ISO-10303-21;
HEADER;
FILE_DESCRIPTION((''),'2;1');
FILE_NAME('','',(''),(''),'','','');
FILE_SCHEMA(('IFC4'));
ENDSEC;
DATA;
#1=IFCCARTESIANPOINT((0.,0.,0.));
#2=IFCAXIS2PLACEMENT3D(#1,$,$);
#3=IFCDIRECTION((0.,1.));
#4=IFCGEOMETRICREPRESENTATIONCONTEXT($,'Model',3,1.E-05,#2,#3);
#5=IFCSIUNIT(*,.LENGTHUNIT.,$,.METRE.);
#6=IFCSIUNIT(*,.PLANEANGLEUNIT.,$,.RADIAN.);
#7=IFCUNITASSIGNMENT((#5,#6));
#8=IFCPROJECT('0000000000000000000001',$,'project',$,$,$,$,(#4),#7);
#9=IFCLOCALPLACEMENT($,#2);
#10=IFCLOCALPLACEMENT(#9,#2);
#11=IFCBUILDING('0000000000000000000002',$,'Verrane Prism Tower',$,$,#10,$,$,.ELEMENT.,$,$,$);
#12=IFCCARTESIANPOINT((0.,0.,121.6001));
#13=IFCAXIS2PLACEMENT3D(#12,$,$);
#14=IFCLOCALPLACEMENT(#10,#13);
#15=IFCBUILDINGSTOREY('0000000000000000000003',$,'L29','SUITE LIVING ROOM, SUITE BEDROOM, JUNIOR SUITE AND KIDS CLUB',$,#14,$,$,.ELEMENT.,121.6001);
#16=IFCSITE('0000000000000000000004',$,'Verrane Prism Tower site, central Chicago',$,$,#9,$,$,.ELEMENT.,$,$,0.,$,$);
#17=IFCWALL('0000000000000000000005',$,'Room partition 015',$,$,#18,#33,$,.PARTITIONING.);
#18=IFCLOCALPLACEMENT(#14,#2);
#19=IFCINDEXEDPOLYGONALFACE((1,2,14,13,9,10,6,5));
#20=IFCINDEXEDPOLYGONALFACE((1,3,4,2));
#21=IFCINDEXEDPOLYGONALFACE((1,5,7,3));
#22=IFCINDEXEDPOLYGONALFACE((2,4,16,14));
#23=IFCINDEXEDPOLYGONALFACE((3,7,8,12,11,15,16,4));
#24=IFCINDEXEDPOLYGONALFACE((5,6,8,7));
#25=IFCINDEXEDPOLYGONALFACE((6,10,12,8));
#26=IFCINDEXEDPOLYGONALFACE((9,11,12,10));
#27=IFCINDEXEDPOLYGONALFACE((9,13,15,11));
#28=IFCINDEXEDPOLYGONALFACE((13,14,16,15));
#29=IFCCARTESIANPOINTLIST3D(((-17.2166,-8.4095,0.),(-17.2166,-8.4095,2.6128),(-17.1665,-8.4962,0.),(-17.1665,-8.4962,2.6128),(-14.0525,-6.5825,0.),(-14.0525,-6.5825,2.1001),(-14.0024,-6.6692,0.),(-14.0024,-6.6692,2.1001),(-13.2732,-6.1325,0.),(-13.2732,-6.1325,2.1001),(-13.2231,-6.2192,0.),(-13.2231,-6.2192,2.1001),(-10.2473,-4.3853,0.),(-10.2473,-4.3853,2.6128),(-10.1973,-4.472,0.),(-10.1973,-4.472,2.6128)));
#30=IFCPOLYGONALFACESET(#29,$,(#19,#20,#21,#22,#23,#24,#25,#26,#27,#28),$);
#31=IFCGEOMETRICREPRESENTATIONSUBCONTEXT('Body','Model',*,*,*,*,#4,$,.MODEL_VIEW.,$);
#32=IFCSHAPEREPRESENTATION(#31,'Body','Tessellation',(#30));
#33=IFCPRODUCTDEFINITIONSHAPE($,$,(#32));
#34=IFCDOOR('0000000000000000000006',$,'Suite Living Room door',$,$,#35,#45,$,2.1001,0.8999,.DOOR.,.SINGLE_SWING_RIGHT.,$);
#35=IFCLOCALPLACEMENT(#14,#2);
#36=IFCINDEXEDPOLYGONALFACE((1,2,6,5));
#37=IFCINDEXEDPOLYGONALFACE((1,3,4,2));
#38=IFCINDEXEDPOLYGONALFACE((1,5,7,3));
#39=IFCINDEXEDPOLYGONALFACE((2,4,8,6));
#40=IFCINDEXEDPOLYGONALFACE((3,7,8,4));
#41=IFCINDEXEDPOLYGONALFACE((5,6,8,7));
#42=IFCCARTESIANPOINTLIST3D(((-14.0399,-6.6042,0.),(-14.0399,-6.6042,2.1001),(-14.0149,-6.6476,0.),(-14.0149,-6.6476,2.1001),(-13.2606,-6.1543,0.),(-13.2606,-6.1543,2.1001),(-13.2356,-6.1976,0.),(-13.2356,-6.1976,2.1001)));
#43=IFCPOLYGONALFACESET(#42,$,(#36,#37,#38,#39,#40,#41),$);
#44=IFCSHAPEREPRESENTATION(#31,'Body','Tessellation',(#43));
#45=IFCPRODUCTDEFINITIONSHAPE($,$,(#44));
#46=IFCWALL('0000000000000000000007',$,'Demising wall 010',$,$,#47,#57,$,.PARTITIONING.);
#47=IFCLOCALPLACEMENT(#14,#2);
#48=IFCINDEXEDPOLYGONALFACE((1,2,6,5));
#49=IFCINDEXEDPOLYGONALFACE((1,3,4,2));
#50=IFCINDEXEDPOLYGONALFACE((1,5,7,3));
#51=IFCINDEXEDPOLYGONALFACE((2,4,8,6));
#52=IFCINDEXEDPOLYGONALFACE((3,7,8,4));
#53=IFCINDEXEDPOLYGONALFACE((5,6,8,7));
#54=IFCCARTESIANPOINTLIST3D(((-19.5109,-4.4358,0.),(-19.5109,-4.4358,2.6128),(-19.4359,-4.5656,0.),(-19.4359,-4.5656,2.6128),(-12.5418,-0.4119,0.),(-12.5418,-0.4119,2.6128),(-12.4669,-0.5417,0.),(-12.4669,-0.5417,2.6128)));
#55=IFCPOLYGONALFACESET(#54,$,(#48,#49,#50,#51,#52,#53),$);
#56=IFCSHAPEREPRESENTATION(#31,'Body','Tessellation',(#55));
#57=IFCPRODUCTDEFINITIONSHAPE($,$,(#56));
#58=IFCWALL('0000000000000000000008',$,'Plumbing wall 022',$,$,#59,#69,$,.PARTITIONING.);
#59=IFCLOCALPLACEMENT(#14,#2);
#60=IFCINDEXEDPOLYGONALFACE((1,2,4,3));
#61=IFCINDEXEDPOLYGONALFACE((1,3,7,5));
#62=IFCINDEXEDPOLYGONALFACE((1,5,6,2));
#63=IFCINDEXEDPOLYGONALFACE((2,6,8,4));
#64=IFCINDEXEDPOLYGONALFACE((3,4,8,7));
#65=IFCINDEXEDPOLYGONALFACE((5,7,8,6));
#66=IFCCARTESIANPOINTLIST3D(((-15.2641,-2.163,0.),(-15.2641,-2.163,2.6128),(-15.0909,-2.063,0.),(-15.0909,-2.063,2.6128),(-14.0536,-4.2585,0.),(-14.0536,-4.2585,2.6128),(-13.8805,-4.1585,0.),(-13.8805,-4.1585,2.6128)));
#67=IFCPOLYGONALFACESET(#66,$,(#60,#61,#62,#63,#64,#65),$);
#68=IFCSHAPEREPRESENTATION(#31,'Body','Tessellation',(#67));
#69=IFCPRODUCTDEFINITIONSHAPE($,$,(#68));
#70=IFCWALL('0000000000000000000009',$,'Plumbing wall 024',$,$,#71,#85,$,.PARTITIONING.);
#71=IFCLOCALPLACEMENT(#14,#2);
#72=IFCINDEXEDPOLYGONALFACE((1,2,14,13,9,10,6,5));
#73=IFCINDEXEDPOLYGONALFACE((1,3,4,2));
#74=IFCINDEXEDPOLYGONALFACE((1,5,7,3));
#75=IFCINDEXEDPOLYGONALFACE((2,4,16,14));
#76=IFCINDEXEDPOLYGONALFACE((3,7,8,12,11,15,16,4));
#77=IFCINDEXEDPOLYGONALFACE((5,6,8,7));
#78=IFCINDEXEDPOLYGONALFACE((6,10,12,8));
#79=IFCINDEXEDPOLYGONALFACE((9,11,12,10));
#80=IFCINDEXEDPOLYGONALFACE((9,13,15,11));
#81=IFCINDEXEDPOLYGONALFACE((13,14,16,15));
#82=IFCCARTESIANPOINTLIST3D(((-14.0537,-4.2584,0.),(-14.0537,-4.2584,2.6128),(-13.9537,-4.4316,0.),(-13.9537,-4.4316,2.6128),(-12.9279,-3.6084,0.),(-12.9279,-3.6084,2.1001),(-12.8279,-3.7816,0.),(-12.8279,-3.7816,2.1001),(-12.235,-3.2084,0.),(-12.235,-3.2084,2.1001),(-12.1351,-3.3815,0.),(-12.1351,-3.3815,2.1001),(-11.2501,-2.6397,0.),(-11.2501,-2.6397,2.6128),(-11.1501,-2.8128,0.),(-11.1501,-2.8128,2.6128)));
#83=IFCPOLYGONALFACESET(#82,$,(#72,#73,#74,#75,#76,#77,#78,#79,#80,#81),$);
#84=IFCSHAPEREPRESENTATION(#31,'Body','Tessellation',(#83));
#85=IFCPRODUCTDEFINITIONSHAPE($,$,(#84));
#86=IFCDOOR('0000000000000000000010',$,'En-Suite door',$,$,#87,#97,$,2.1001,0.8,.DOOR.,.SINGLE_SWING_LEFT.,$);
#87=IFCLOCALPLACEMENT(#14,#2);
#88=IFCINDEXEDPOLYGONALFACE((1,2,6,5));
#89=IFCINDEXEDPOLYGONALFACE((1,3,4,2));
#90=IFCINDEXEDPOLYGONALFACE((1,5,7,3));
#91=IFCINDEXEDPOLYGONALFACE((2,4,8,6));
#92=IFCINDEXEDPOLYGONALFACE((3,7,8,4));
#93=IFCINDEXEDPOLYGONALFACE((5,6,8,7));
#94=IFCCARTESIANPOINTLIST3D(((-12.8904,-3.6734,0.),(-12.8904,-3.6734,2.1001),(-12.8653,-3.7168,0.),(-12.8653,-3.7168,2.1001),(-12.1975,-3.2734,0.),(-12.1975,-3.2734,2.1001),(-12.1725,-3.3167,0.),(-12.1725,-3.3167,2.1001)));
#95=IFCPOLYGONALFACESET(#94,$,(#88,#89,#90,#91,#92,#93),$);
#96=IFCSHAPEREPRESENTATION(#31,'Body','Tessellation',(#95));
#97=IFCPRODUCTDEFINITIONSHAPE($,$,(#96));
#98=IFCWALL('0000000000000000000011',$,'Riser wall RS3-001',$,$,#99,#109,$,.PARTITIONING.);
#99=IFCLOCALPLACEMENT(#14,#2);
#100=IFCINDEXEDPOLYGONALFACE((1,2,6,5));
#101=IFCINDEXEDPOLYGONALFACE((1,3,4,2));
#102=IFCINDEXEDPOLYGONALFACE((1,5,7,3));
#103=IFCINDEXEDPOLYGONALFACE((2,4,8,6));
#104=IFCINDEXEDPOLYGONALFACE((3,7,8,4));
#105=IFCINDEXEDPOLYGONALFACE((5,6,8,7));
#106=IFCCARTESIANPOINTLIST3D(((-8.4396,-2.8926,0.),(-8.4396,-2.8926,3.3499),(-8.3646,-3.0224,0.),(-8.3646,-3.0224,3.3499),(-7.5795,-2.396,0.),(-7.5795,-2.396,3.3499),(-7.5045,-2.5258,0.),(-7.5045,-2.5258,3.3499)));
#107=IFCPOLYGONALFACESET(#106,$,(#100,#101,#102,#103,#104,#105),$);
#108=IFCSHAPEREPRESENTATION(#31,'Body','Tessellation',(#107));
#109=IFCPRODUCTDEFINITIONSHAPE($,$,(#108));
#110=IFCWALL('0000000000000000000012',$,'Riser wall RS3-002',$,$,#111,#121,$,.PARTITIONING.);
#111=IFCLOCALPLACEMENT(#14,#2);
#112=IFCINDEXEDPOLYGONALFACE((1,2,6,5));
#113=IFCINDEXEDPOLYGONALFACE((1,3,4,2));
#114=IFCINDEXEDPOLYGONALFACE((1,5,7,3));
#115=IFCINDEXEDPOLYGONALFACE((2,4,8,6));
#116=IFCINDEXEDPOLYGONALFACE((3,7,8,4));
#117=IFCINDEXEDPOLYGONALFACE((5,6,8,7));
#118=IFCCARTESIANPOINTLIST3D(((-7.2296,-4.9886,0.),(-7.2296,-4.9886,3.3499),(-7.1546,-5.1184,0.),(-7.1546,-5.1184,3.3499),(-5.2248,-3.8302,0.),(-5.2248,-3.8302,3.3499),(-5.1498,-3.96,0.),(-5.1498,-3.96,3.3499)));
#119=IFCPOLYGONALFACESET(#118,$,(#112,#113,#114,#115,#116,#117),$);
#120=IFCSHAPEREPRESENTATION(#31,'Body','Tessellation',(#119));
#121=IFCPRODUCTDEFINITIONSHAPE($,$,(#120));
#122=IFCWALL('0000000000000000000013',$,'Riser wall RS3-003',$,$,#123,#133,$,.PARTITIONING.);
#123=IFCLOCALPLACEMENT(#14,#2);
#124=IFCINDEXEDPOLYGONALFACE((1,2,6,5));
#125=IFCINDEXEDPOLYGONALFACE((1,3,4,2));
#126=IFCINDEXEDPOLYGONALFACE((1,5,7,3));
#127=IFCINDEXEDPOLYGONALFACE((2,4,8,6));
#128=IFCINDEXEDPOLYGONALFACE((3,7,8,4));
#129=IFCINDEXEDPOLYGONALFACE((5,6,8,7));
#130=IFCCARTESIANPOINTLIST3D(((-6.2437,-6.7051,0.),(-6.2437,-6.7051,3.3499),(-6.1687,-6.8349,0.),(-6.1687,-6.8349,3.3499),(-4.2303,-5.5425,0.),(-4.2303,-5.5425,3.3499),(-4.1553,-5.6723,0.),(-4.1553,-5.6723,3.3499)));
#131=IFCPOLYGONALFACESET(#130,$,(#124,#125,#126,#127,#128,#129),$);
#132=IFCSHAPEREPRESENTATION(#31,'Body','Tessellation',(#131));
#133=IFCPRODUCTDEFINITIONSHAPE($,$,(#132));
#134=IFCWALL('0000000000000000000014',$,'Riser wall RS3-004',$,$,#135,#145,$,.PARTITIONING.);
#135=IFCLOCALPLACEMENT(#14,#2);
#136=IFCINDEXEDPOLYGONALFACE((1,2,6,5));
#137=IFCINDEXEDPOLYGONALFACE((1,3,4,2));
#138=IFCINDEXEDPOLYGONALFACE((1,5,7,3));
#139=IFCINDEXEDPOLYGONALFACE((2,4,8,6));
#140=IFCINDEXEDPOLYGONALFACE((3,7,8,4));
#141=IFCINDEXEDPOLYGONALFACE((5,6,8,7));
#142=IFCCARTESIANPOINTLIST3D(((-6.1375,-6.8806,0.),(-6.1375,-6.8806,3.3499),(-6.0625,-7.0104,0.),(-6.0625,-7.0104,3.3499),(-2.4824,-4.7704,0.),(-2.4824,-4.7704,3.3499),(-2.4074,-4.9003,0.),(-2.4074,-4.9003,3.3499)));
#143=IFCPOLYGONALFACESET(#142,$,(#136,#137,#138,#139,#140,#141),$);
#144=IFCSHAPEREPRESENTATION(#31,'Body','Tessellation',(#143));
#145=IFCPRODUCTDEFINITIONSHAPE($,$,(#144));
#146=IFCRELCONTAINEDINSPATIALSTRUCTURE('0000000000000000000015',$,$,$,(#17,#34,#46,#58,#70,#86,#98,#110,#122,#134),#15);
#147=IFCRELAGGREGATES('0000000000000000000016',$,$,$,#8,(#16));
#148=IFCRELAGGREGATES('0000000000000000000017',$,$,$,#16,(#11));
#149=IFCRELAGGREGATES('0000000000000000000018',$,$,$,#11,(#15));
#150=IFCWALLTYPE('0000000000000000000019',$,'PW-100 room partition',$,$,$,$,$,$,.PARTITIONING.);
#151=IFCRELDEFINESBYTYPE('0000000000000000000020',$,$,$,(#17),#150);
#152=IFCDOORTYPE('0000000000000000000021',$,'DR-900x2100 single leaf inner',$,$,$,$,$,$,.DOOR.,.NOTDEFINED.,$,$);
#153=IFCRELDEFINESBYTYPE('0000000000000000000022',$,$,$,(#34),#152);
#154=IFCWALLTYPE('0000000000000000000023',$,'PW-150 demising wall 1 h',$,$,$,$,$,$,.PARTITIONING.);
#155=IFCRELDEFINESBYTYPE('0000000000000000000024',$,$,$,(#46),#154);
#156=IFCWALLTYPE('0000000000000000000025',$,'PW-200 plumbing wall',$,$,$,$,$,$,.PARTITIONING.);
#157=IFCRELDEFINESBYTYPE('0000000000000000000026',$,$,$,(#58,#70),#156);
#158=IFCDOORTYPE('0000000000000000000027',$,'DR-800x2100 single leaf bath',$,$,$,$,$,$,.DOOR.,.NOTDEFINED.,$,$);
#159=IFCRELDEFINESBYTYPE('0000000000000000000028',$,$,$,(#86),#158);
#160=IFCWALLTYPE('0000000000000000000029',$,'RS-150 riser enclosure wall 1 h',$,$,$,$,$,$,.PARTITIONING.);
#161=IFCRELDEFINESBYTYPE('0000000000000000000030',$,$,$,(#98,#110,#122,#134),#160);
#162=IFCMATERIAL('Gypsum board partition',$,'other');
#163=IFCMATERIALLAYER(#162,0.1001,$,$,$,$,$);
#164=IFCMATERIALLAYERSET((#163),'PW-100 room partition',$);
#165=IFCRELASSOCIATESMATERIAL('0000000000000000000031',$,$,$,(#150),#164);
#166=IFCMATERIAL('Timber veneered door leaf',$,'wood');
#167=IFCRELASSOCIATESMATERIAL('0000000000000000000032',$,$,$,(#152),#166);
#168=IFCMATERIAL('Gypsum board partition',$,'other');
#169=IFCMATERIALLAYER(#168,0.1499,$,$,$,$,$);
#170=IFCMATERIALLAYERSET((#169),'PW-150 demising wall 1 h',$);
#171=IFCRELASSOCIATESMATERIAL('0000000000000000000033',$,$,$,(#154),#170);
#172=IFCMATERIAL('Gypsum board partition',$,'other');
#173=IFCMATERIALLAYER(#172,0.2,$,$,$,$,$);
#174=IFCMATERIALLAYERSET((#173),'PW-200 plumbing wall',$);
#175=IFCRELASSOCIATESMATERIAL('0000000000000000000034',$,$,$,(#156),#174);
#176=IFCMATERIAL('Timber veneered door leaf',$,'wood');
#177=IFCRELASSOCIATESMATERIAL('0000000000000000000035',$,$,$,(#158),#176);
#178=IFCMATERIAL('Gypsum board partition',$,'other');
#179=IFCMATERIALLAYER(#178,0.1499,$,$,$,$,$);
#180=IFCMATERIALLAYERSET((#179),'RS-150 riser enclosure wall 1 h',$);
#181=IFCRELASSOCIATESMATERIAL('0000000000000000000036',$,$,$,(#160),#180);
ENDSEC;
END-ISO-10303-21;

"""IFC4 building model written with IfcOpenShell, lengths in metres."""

from ifc_helpers import new_model, si_unit, direction, frame, frame_2d, origin, place, context, subcontext, project, spatial, rectangle, extrude, material, layer, layer_set, type_object, element, fill, save


model = new_model("IFC4")

# Units and contexts
model_context = context("Model", 3, precision=1e-05, world=origin(), true_north=direction((0.0, 1.0)))
body_context = subcontext(model_context, "Body", "Model", "MODEL_VIEW")
ifc_project = project(units=[si_unit("LENGTHUNIT", "METRE"), si_unit("PLANEANGLEUNIT", "RADIAN")], contexts=[model_context])

# Site, building, storey
site_placement = place(None, origin())
site = spatial("IfcSite", under=ifc_project, at=site_placement, Name="Verrane Prism Tower site, central Chicago", CompositionType="ELEMENT", RefElevation=0.0)
building_placement = place(site_placement, origin())
building = spatial("IfcBuilding", under=site, at=building_placement, Name="Verrane Prism Tower", CompositionType="ELEMENT")
storey_placement = place(building_placement, frame((0.0, 0.0, 121.6001)))
storey = spatial("IfcBuildingStorey", under=building, at=storey_placement, Name="L29", Description="SUITE LIVING ROOM, SUITE BEDROOM, JUNIOR SUITE AND KIDS CLUB", CompositionType="ELEMENT", Elevation=121.6001)

# Wall, opening, door
ifc_material_1 = material(Name="Gypsum board partition", Category="other")
ifc_layer_1 = layer(ifc_material_1, 0.1001)
ifc_layer_set_1 = layer_set([ifc_layer_1], Name="PW-100 room partition")
wall_type_1 = type_object("IfcWallType", Name="PW-100 room partition", PredefinedType="PARTITIONING", material=ifc_layer_set_1)
wall_1_placement = place(storey_placement, frame((-17.1917, -8.4529, 0.0), z_axis=(0.0, 0.0, 1.0), x_axis=(0.866, 0.500045, 0.0)))
wall_1 = element("IfcWall", 1, at=wall_1_placement, inside=storey, type_object=wall_type_1, Name="Room partition 015", PredefinedType="PARTITIONING", context=body_context, shape_type="SweptSolid", body=[
    extrude(rectangle(XDim=8.0476, YDim=0.1001, at=frame_2d((4.0239, 0.0))), origin(), (0.0, 0.0, 1.0), 2.6128),
])
opening_1_placement = place(wall_1_placement, frame((3.6538, 0.0, 0.0)))
opening_1 = element("IfcOpeningElement", 2, at=opening_1_placement, cuts=wall_1, PredefinedType="OPENING", context=body_context, shape_type="SweptSolid", body=[
    extrude(rectangle(XDim=0.8999, YDim=2.1001, at=frame_2d((0.45, 1.05))), frame((0.0, 0.0601, 0.0), z_axis=(0.0, -1.0, 0.0), x_axis=(1.0, 0.0, 0.0)), (0.0, 0.0, 1.0), 0.1201),
])
ifc_material_2 = material(Name="Timber veneered door leaf", Category="wood")
door_type_1 = type_object("IfcDoorType", Name="DR-900x2100 single leaf inner", OperationType="NOTDEFINED", PredefinedType="DOOR", material=ifc_material_2)
door_1_placement = place(opening_1_placement, origin())
door_1 = element("IfcDoor", 3, at=door_1_placement, inside=storey, type_object=door_type_1, Name="Suite Living Room door", OperationType="SINGLE_SWING_RIGHT", OverallHeight=2.1001, OverallWidth=0.8999, PredefinedType="DOOR", context=body_context, shape_type="SweptSolid", body=[
    extrude(rectangle(XDim=0.8999, YDim=2.1001, at=frame_2d((0.45, 1.05))), frame((0.0, 0.0249, 0.0), z_axis=(0.0, -1.0, 0.0), x_axis=(1.0, 0.0, 0.0)), (0.0, 0.0, 1.0), 0.05),
])
fill(opening_1, door_1)

# Walls
ifc_material_3 = material(Name="Gypsum board partition", Category="other")
ifc_layer_2 = layer(ifc_material_3, 0.1499)
ifc_layer_set_2 = layer_set([ifc_layer_2], Name="PW-150 demising wall 1 h")
wall_type_2 = type_object("IfcWallType", Name="PW-150 demising wall 1 h", PredefinedType="PARTITIONING", material=ifc_layer_set_2)
wall_2_placement = place(storey_placement, frame((-19.4734, -4.5007, 0.0), z_axis=(0.0, 0.0, 1.0), x_axis=(0.866005, 0.500035, 0.0)))
element("IfcWall", 4, at=wall_2_placement, inside=storey, type_object=wall_type_2, Name="Demising wall 010", PredefinedType="PARTITIONING", context=body_context, shape_type="SweptSolid", body=[
    extrude(rectangle(XDim=8.0474, YDim=0.1499, at=frame_2d((4.0237, 0.0))), origin(), (0.0, 0.0, 1.0), 2.6128),
])
ifc_material_4 = material(Name="Gypsum board partition", Category="other")
ifc_layer_3 = layer(ifc_material_4, 0.2)
ifc_layer_set_3 = layer_set([ifc_layer_3], Name="PW-200 plumbing wall")
wall_type_3 = type_object("IfcWallType", Name="PW-200 plumbing wall", PredefinedType="PARTITIONING", material=ifc_layer_set_3)
wall_3_placement = place(storey_placement, frame((-15.1775, -2.113, 0.0), z_axis=(0.0, 0.0, 1.0), x_axis=(0.500197, -0.865912, 0.0)))
element("IfcWall", 5, at=wall_3_placement, inside=storey, type_object=wall_type_3, Name="Plumbing wall 022", PredefinedType="PARTITIONING", context=body_context, shape_type="SweptSolid", body=[
    extrude(rectangle(XDim=2.4199, YDim=0.2, at=frame_2d((1.21, 0.0))), origin(), (0.0, 0.0, 1.0), 2.6128),
])

# Wall, opening, door
wall_4_placement = place(storey_placement, frame((-14.0037, -4.345, 0.0), z_axis=(0.0, 0.0, 1.0), x_axis=(0.866016, 0.500016, 0.0)))
wall_4 = element("IfcWall", 6, at=wall_4_placement, inside=storey, type_object=wall_type_3, Name="Plumbing wall 024", PredefinedType="PARTITIONING", context=body_context, shape_type="SweptSolid", body=[
    extrude(rectangle(XDim=3.2373, YDim=0.2, at=frame_2d((1.6187, 0.0))), origin(), (0.0, 0.0, 1.0), 2.6128),
])
opening_2_placement = place(wall_4_placement, frame((1.3, 0.0, 0.0)))
opening_2 = element("IfcOpeningElement", 7, at=opening_2_placement, cuts=wall_4, PredefinedType="OPENING", context=body_context, shape_type="SweptSolid", body=[
    extrude(rectangle(XDim=0.8, YDim=2.1001, at=frame_2d((0.3999, 1.05))), frame((0.0, 0.1099, 0.0), z_axis=(0.0, -1.0, 0.0), x_axis=(1.0, 0.0, 0.0)), (0.0, 0.0, 1.0), 0.22),
])
ifc_material_5 = material(Name="Timber veneered door leaf", Category="wood")
door_type_2 = type_object("IfcDoorType", Name="DR-800x2100 single leaf bath", OperationType="NOTDEFINED", PredefinedType="DOOR", material=ifc_material_5)
door_2_placement = place(opening_2_placement, origin())
door_2 = element("IfcDoor", 8, at=door_2_placement, inside=storey, type_object=door_type_2, Name="En-Suite door", OperationType="SINGLE_SWING_LEFT", OverallHeight=2.1001, OverallWidth=0.8, PredefinedType="DOOR", context=body_context, shape_type="SweptSolid", body=[
    extrude(rectangle(XDim=0.8, YDim=2.1001, at=frame_2d((0.3999, 1.05))), frame((0.0, 0.0249, 0.0), z_axis=(0.0, -1.0, 0.0), x_axis=(1.0, 0.0, 0.0)), (0.0, 0.0, 1.0), 0.05),
])
fill(opening_2, door_2)

# Walls
ifc_material_6 = material(Name="Gypsum board partition", Category="other")
ifc_layer_4 = layer(ifc_material_6, 0.1499)
ifc_layer_set_4 = layer_set([ifc_layer_4], Name="RS-150 riser enclosure wall 1 h")
wall_type_4 = type_object("IfcWallType", Name="RS-150 riser enclosure wall 1 h", PredefinedType="PARTITIONING", material=ifc_layer_set_4)
wall_5_placement = place(storey_placement, frame((-8.4021, -2.9575, 0.0), z_axis=(0.0, 0.0, 1.0), x_axis=(0.866026, 0.499999, 0.0)))
element("IfcWall", 9, at=wall_5_placement, inside=storey, type_object=wall_type_4, Name="Riser wall RS3-001", PredefinedType="PARTITIONING", context=body_context, shape_type="SweptSolid", body=[
    extrude(rectangle(XDim=0.9932, YDim=0.1499, at=frame_2d((0.4966, 0.0))), origin(), (0.0, 0.0, 1.0), 3.3499),
])
wall_6_placement = place(storey_placement, frame((-7.1921, -5.0535, 0.0), z_axis=(0.0, 0.0, 1.0), x_axis=(0.865852, 0.5003, 0.0)))
element("IfcWall", 10, at=wall_6_placement, inside=storey, type_object=wall_type_4, Name="Riser wall RS3-002", PredefinedType="PARTITIONING", context=body_context, shape_type="SweptSolid", body=[
    extrude(rectangle(XDim=2.3154, YDim=0.1499, at=frame_2d((1.1577, 0.0))), origin(), (0.0, 0.0, 1.0), 3.3499),
])
wall_7_placement = place(storey_placement, frame((-6.2063, -6.77, 0.0), z_axis=(0.0, 0.0, 1.0), x_axis=(0.865998, 0.500047, 0.0)))
element("IfcWall", 11, at=wall_7_placement, inside=storey, type_object=wall_type_4, Name="Riser wall RS3-003", PredefinedType="PARTITIONING", context=body_context, shape_type="SweptSolid", body=[
    extrude(rectangle(XDim=2.325, YDim=0.1499, at=frame_2d((1.1626, 0.0))), origin(), (0.0, 0.0, 1.0), 3.3499),
])
wall_8_placement = place(storey_placement, frame((-6.1001, -6.9456, 0.0), z_axis=(0.0, 0.0, 1.0), x_axis=(0.866038, 0.499978, 0.0)))
element("IfcWall", 12, at=wall_8_placement, inside=storey, type_object=wall_type_4, Name="Riser wall RS3-004", PredefinedType="PARTITIONING", context=body_context, shape_type="SweptSolid", body=[
    extrude(rectangle(XDim=4.2205, YDim=0.1499, at=frame_2d((2.1104, 0.0))), origin(), (0.0, 0.0, 1.0), 3.3499),
])

save(model, "model.ifc")
